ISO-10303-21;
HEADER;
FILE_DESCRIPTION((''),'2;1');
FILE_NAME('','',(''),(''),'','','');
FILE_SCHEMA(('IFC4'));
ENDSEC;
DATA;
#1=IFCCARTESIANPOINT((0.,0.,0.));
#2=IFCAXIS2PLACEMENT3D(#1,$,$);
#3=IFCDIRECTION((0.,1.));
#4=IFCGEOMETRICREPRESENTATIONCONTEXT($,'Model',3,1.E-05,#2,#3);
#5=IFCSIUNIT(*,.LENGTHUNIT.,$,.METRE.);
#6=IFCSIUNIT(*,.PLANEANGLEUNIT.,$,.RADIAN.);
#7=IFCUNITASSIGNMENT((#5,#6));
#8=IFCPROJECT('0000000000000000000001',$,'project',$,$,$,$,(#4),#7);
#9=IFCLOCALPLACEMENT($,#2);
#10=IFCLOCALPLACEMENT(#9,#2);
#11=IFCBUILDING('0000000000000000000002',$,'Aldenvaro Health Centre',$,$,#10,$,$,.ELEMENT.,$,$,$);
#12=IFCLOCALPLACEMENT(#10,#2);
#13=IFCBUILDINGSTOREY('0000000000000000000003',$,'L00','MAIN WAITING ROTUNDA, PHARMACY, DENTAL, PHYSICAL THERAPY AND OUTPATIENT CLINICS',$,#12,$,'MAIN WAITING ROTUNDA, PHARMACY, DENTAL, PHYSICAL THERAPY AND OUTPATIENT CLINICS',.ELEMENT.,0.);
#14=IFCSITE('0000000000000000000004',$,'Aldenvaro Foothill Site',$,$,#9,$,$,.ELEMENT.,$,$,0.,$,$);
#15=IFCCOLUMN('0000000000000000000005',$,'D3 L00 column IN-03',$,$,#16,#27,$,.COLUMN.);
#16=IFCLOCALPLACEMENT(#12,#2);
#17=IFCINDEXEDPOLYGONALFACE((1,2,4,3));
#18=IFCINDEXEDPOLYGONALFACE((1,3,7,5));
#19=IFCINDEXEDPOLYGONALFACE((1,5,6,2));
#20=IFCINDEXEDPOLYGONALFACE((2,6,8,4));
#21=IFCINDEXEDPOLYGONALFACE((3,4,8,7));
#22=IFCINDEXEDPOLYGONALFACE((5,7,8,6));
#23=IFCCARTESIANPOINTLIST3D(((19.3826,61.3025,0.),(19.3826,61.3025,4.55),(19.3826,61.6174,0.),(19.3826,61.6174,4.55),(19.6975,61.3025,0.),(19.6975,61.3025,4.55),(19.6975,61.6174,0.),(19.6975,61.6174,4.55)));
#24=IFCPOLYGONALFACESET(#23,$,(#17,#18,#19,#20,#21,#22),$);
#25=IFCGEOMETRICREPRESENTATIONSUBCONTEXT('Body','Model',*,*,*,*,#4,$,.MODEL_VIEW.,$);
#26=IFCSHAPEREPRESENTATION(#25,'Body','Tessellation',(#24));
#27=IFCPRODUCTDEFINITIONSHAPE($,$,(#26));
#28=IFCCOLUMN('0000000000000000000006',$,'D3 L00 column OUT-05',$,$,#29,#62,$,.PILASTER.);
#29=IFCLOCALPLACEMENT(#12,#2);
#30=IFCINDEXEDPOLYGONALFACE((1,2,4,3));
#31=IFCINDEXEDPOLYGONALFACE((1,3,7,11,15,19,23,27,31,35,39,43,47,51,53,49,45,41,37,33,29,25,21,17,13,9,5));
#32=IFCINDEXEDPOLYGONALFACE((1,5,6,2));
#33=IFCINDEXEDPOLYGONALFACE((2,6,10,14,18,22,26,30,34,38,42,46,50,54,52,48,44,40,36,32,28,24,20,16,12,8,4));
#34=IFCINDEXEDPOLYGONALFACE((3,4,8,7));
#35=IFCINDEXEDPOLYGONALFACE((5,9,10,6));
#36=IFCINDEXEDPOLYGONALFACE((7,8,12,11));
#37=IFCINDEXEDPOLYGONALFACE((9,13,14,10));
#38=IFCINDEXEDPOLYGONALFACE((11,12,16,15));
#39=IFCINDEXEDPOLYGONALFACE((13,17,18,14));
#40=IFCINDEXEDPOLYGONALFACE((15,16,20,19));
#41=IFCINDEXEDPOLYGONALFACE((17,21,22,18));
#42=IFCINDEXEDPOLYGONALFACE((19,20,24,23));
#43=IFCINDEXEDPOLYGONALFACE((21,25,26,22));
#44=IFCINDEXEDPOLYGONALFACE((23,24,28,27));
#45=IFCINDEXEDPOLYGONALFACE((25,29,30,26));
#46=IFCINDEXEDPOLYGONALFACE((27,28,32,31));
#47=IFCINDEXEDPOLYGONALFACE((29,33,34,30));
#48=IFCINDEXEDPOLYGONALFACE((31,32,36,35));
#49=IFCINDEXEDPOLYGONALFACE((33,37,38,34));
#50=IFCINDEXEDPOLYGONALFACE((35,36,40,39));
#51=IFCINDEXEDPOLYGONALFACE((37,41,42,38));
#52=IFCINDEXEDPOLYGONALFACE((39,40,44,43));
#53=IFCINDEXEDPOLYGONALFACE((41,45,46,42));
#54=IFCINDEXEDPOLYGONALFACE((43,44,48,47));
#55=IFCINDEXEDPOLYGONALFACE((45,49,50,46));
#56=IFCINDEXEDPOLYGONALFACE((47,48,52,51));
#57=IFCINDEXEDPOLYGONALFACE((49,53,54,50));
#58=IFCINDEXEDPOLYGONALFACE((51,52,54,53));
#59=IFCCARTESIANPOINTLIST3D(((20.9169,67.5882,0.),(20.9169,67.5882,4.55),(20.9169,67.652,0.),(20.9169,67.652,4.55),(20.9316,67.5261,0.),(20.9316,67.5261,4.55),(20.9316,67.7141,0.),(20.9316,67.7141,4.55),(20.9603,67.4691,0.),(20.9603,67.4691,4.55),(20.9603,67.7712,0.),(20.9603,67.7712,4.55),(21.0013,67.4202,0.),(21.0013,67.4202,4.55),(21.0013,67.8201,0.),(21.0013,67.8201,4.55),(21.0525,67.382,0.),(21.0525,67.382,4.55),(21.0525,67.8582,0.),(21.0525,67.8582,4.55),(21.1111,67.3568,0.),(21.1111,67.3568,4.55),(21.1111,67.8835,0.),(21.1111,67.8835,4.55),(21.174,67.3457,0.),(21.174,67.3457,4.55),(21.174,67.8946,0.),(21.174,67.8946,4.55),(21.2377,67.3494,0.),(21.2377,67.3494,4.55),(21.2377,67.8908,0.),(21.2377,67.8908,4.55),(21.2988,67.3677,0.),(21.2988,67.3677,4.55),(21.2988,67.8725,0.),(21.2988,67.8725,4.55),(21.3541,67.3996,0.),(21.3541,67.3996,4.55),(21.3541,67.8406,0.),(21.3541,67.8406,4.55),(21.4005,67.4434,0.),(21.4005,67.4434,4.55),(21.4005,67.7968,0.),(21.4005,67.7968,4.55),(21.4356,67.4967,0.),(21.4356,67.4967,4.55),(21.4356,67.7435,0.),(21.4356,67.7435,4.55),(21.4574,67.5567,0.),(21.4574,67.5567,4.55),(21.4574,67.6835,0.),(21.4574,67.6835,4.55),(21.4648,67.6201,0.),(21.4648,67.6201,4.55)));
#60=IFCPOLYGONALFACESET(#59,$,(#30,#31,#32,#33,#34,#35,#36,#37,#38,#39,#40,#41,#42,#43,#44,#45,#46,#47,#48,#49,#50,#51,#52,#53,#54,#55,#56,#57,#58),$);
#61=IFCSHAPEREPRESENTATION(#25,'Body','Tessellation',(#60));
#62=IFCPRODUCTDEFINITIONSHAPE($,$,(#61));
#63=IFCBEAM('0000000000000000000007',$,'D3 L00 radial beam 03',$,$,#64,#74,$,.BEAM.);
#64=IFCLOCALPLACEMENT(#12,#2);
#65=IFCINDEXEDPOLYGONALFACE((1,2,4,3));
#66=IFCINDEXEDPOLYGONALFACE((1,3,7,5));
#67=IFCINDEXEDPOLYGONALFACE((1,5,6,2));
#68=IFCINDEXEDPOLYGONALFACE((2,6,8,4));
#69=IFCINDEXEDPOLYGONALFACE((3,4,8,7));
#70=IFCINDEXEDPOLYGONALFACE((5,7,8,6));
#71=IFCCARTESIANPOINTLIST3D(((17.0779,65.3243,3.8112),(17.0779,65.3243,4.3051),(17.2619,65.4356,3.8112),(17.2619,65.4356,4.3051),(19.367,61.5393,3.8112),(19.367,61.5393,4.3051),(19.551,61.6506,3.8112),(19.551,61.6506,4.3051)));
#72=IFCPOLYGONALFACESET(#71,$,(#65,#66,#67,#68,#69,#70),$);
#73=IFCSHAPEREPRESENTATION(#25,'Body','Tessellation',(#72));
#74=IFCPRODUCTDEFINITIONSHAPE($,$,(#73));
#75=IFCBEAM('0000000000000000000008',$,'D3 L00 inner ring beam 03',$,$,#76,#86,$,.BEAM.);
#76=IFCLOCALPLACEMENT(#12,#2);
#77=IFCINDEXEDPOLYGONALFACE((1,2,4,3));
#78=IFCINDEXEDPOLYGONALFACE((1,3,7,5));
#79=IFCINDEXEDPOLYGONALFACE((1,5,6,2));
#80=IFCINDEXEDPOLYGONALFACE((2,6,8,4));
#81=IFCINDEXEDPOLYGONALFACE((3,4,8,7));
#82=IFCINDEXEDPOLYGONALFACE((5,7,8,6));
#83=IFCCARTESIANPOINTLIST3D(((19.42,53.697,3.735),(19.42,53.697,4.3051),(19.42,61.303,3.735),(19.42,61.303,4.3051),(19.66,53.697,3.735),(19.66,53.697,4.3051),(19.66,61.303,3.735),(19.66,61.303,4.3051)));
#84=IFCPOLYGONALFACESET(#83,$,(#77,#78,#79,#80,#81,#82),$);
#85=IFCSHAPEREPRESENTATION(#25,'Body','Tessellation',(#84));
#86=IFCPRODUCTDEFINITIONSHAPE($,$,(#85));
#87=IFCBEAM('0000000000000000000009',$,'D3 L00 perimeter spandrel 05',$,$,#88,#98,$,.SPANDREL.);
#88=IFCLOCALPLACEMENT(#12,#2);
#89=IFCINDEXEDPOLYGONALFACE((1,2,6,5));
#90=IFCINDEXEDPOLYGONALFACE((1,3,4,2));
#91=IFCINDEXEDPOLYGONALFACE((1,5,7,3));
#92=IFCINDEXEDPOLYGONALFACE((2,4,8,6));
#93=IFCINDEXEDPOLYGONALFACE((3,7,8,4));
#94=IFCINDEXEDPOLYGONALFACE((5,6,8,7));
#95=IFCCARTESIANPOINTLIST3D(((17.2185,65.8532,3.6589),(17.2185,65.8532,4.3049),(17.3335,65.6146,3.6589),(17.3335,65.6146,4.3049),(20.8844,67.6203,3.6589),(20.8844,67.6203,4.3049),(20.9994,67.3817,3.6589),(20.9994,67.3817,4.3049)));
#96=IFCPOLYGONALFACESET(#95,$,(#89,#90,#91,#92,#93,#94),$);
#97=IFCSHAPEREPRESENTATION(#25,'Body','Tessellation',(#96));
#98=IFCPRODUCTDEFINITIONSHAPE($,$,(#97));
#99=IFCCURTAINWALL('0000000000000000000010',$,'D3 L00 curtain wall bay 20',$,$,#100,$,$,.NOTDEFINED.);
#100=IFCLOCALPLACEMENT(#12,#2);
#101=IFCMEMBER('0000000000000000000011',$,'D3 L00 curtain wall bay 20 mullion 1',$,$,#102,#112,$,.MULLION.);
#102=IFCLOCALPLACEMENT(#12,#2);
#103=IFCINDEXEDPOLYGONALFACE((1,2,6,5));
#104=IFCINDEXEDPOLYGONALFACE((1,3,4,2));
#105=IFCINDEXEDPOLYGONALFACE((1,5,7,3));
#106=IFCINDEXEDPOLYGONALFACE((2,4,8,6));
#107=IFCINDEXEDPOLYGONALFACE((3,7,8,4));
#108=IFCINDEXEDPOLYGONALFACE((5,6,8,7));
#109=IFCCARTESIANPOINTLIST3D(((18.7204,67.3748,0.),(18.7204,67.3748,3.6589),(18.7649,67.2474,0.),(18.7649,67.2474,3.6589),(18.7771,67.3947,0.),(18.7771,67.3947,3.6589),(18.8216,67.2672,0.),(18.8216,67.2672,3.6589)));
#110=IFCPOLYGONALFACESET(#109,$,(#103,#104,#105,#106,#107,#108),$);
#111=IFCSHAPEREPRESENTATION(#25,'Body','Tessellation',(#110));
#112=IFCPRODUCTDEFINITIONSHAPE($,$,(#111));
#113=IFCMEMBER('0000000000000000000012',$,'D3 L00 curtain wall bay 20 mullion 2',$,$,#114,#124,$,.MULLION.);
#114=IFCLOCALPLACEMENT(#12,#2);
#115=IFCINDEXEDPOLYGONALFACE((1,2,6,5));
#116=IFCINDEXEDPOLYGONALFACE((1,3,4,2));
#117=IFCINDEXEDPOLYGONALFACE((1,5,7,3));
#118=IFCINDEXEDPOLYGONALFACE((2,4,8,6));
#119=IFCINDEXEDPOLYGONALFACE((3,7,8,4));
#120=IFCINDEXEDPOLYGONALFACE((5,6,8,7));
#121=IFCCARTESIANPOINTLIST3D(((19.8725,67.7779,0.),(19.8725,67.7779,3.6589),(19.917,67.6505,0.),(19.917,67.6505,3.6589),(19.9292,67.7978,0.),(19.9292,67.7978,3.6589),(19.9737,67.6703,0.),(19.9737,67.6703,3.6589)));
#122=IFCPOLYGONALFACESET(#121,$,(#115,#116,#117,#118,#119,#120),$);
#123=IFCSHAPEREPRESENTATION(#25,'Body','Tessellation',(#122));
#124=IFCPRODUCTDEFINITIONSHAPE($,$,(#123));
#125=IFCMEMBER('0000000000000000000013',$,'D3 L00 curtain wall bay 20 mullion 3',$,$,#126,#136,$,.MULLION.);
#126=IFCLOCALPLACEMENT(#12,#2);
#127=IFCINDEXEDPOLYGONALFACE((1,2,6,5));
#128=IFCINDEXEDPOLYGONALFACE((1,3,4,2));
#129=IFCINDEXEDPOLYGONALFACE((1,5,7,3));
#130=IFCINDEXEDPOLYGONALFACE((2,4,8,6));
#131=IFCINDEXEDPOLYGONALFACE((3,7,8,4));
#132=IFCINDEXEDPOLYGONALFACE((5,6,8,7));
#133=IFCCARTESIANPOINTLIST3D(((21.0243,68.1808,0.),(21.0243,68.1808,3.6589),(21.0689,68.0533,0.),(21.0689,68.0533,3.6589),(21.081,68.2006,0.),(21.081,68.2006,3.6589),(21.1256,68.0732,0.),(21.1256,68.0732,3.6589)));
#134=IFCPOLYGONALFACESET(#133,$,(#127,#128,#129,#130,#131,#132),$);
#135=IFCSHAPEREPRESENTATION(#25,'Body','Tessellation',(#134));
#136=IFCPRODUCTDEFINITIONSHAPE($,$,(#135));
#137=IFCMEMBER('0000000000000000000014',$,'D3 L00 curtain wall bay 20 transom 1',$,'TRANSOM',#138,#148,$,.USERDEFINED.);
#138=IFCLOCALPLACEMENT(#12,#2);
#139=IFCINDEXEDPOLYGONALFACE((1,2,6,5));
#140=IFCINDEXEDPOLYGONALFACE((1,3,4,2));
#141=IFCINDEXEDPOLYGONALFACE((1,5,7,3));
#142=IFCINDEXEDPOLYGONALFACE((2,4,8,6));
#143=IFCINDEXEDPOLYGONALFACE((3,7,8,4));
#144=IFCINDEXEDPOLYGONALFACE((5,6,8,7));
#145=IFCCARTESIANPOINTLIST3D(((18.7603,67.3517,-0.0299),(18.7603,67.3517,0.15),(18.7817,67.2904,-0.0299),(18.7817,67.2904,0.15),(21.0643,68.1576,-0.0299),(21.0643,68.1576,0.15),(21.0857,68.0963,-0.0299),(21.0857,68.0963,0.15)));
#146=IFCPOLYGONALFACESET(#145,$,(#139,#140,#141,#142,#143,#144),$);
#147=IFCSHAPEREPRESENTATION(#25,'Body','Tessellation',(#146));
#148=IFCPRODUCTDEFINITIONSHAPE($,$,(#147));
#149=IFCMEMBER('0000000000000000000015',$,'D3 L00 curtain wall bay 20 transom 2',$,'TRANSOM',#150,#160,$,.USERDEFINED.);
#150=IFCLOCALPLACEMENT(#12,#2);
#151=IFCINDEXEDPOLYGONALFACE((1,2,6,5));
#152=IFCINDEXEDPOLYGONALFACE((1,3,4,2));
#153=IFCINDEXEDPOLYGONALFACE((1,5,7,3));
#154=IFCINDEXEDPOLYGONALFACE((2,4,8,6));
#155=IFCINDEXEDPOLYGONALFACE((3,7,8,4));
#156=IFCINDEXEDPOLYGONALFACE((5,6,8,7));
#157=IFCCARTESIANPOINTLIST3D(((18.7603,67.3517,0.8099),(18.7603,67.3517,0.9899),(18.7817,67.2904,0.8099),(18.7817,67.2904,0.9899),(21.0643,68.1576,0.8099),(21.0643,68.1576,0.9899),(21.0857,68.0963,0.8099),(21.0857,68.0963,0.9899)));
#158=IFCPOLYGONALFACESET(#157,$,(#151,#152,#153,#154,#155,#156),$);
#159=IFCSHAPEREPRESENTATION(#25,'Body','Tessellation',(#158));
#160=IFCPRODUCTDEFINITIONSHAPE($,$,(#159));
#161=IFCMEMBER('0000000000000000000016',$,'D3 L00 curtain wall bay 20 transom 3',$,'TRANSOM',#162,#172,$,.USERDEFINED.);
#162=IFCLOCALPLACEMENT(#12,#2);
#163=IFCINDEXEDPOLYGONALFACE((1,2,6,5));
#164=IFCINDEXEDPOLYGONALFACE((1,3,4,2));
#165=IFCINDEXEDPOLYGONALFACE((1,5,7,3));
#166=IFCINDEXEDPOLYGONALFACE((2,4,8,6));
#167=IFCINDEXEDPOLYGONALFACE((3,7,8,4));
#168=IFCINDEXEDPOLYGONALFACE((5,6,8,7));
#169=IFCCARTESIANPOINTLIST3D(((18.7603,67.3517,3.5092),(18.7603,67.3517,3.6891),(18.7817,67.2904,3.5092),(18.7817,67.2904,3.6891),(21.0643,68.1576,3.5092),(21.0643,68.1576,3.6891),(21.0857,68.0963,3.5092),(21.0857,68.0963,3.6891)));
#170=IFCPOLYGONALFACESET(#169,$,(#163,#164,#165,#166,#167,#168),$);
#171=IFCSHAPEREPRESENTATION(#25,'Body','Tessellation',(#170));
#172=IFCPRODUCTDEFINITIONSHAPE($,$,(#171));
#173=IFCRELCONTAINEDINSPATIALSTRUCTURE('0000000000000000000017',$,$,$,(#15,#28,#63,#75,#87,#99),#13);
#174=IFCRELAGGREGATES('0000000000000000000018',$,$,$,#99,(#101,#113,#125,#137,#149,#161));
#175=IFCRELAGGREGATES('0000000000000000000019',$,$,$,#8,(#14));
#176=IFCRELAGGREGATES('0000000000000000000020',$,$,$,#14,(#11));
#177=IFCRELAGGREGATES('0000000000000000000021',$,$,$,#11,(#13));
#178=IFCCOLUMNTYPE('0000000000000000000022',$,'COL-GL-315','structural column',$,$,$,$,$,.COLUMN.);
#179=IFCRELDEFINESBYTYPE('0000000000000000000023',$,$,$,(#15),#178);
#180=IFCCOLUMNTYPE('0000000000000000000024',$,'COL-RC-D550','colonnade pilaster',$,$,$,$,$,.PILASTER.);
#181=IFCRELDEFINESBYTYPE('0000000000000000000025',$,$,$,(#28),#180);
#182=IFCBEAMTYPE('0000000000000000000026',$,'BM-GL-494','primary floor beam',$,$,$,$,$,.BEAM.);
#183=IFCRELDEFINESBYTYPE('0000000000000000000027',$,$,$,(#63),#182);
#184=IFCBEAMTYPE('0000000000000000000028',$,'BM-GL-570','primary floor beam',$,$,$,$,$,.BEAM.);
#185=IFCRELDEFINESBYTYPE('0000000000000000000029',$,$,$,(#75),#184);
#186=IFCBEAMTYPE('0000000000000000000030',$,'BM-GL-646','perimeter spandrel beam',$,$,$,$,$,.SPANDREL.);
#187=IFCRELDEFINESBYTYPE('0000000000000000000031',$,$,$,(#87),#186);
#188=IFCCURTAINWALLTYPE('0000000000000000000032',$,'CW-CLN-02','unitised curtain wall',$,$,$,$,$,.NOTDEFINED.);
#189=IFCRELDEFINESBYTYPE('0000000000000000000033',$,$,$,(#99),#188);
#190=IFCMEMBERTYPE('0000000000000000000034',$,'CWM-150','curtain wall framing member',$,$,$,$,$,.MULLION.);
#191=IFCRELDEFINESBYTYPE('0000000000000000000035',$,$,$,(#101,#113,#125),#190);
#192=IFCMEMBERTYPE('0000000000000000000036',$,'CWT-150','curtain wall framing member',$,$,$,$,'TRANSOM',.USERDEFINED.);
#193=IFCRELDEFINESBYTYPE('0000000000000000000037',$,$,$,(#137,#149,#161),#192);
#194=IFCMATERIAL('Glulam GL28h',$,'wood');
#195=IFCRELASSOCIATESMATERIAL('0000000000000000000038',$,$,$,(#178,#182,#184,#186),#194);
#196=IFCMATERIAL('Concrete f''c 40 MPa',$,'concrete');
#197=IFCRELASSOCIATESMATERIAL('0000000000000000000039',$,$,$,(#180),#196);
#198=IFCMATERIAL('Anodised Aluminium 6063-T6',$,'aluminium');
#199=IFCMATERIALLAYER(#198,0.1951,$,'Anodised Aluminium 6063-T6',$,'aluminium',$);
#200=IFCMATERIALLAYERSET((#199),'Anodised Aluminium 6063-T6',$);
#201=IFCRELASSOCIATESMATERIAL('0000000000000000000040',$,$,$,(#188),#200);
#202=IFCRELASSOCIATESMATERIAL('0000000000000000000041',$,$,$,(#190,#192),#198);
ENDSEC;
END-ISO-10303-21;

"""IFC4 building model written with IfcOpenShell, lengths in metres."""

from ifc_helpers import new_model, si_unit, direction, frame, origin, origin_2d, place, context, subcontext, project, spatial, rectangle, circle, extrude, material, layer, layer_set, material_profile, profile_set, type_object, element, aggregate, save


model = new_model("IFC4")

# Units and contexts
model_context = context("Model", 3, precision=1e-05, world=origin(), true_north=direction((0.0, 1.0)))
body_context = subcontext(model_context, "Body", "Model", "MODEL_VIEW")
ifc_project = project(units=[si_unit("LENGTHUNIT", "METRE"), si_unit("PLANEANGLEUNIT", "RADIAN")], contexts=[model_context])

# Site, building, storey
site_placement = place(None, origin())
site = spatial("IfcSite", under=ifc_project, at=site_placement, Name="Aldenvaro Foothill Site", CompositionType="ELEMENT", RefElevation=0.0)
building_placement = place(site_placement, origin())
building = spatial("IfcBuilding", under=site, at=building_placement, Name="Aldenvaro Health Centre", CompositionType="ELEMENT")
storey_placement = place(building_placement, origin())
storey = spatial("IfcBuildingStorey", under=building, at=storey_placement, Name="L00", Description="MAIN WAITING ROTUNDA, PHARMACY, DENTAL, PHYSICAL THERAPY AND OUTPATIENT CLINICS", LongName="MAIN WAITING ROTUNDA, PHARMACY, DENTAL, PHYSICAL THERAPY AND OUTPATIENT CLINICS", CompositionType="ELEMENT", Elevation=0.0)

# Columns
ifc_material_1 = material(Name="Glulam GL28h", Category="wood")
ifc_material_profile_1 = material_profile(ifc_material_1, rectangle(XDim=0.3149, YDim=0.3149, at=origin_2d()), Name="GL 315x315", Category="wood")
ifc_profile_set_1 = profile_set([ifc_material_profile_1], Name="Glulam GL28h")
column_type_1 = type_object("IfcColumnType", Name="COL-GL-315", Description="structural column", PredefinedType="COLUMN", material=ifc_profile_set_1)
column_1_placement = place(storey_placement, frame((19.54, 61.46, 0.0), z_axis=(0.0, 0.0, 1.0), x_axis=(1.0, 0.0, 0.0)))
element("IfcColumn", 1, at=column_1_placement, inside=storey, type_object=column_type_1, Name="D3 L00 column IN-03", PredefinedType="COLUMN", context=body_context, shape_type="SweptSolid", body=[
    extrude(rectangle(XDim=0.3149, YDim=0.3149, at=origin_2d()), origin(), (0.0, 0.0, 1.0), 4.55),
])
ifc_material_2 = material(Name="Concrete f'c 40 MPa", Category="concrete")
ifc_material_profile_2 = material_profile(ifc_material_2, circle(Radius=0.2749, at=origin_2d()), Name="RC D550", Category="concrete")
ifc_profile_set_2 = profile_set([ifc_material_profile_2], Name="Concrete f'c 40 MPa")
column_type_2 = type_object("IfcColumnType", Name="COL-RC-D550", Description="colonnade pilaster", PredefinedType="PILASTER", material=ifc_profile_set_2)
column_2_placement = place(storey_placement, frame((21.1899, 67.6201, 0.0), z_axis=(0.0, 0.0, 1.0), x_axis=(1.0, 0.0, 0.0)))
element("IfcColumn", 2, at=column_2_placement, inside=storey, type_object=column_type_2, Name="D3 L00 column OUT-05", PredefinedType="PILASTER", context=body_context, shape_type="SweptSolid", body=[
    extrude(circle(Radius=0.2749, at=origin_2d()), origin(), (0.0, 0.0, 1.0), 4.55),
])

# Beams
ifc_material_profile_3 = material_profile(ifc_material_1, rectangle(XDim=0.2151, YDim=0.4939, at=origin_2d()), Name="GL 215x494", Category="wood")
ifc_profile_set_3 = profile_set([ifc_material_profile_3], Name="Glulam GL28h")
beam_type_1 = type_object("IfcBeamType", Name="BM-GL-494", Description="primary floor beam", PredefinedType="BEAM", material=ifc_profile_set_3)
beam_1_placement = place(storey_placement, frame((19.459, 61.595, 4.0581), z_axis=(-0.517504, 0.855681, 0.0), x_axis=(-0.855681, -0.517504, 0.0)))
element("IfcBeam", 3, at=beam_1_placement, inside=storey, type_object=beam_type_1, Name="D3 L00 radial beam 03", PredefinedType="BEAM", context=body_context, shape_type="SweptSolid", body=[
    extrude(rectangle(XDim=0.2151, YDim=0.4939, at=origin_2d()), origin(), (0.0, 0.0, 1.0), 4.4233),
])
ifc_material_profile_4 = material_profile(ifc_material_1, rectangle(XDim=0.24, YDim=0.5701, at=origin_2d()), Name="GL 240x570", Category="wood")
ifc_profile_set_4 = profile_set([ifc_material_profile_4], Name="Glulam GL28h")
beam_type_2 = type_object("IfcBeamType", Name="BM-GL-570", Description="primary floor beam", PredefinedType="BEAM", material=ifc_profile_set_4)
beam_2_placement = place(storey_placement, frame((19.54, 61.303, 4.02), z_axis=(0.0, -1.0, 0.0), x_axis=(1.0, 0.0, 0.0)))
element("IfcBeam", 4, at=beam_2_placement, inside=storey, type_object=beam_type_2, Name="D3 L00 inner ring beam 03", PredefinedType="BEAM", context=body_context, shape_type="SweptSolid", body=[
    extrude(rectangle(XDim=0.24, YDim=0.5701, at=origin_2d()), origin(), (0.0, 0.0, 1.0), 7.606),
])
ifc_material_profile_5 = material_profile(ifc_material_1, rectangle(XDim=0.2649, YDim=0.646, at=origin_2d()), Name="GL 265x646", Category="wood")
ifc_profile_set_5 = profile_set([ifc_material_profile_5], Name="Glulam GL28h")
beam_type_3 = type_object("IfcBeamType", Name="BM-GL-646", Description="perimeter spandrel beam", PredefinedType="SPANDREL", material=ifc_profile_set_5)
beam_3_placement = place(storey_placement, frame((20.9419, 67.501, 3.9819), z_axis=(-0.900812, -0.434209, 0.0), x_axis=(0.434209, -0.900812, 0.0)))
element("IfcBeam", 5, at=beam_3_placement, inside=storey, type_object=beam_type_3, Name="D3 L00 perimeter spandrel 05", PredefinedType="SPANDREL", context=body_context, shape_type="SweptSolid", body=[
    extrude(rectangle(XDim=0.2649, YDim=0.646, at=origin_2d()), origin(), (0.0, 0.0, 1.0), 4.0696),
])

# Curtain wall, members
ifc_material_3 = material(Name="Anodised Aluminium 6063-T6", Category="aluminium")
ifc_layer_1 = layer(ifc_material_3, 0.1951, Name="Anodised Aluminium 6063-T6", Category="aluminium")
ifc_layer_set_1 = layer_set([ifc_layer_1], Name="Anodised Aluminium 6063-T6")
curtain_wall_type = type_object("IfcCurtainWallType", Name="CW-CLN-02", Description="unitised curtain wall", PredefinedType="NOTDEFINED", material=ifc_layer_set_1)
curtain_wall_placement = place(storey_placement, origin())
curtain_wall = element("IfcCurtainWall", 6, at=curtain_wall_placement, inside=storey, type_object=curtain_wall_type, Name="D3 L00 curtain wall bay 20", PredefinedType="NOTDEFINED")
ifc_material_profile_6 = material_profile(ifc_material_3, rectangle(XDim=0.0601, YDim=0.135, at=origin_2d()), Name="ALU 60x135", Category="aluminium")
ifc_profile_set_6 = profile_set([ifc_material_profile_6], Name="Anodised Aluminium 6063-T6")
member_type_1 = type_object("IfcMemberType", Name="CWM-150", Description="curtain wall framing member", PredefinedType="MULLION", material=ifc_profile_set_6)
member_1_placement = place(storey_placement, frame((18.771, 67.321, 0.0), z_axis=(0.0, 0.0, 1.0), x_axis=(0.943909, 0.330204, 0.0)))
member_1 = element("IfcMember", 7, at=member_1_placement, type_object=member_type_1, Name="D3 L00 curtain wall bay 20 mullion 1", PredefinedType="MULLION", context=body_context, shape_type="SweptSolid", body=[
    extrude(rectangle(XDim=0.0601, YDim=0.135, at=origin_2d()), origin(), (0.0, 0.0, 1.0), 3.6589),
])
member_2_placement = place(storey_placement, frame((19.9231, 67.7241, 0.0), z_axis=(0.0, 0.0, 1.0), x_axis=(0.943909, 0.330204, 0.0)))
member_2 = element("IfcMember", 8, at=member_2_placement, type_object=member_type_1, Name="D3 L00 curtain wall bay 20 mullion 2", PredefinedType="MULLION", context=body_context, shape_type="SweptSolid", body=[
    extrude(rectangle(XDim=0.0601, YDim=0.135, at=origin_2d()), origin(), (0.0, 0.0, 1.0), 3.6589),
])
member_3_placement = place(storey_placement, frame((21.075, 68.127, 0.0), z_axis=(0.0, 0.0, 1.0), x_axis=(0.943909, 0.330204, 0.0)))
member_3 = element("IfcMember", 9, at=member_3_placement, type_object=member_type_1, Name="D3 L00 curtain wall bay 20 mullion 3", PredefinedType="MULLION", context=body_context, shape_type="SweptSolid", body=[
    extrude(rectangle(XDim=0.0601, YDim=0.135, at=origin_2d()), origin(), (0.0, 0.0, 1.0), 3.6589),
])
ifc_material_profile_7 = material_profile(ifc_material_3, rectangle(XDim=0.0649, YDim=0.1799, at=origin_2d()), Name="ALU 65x180", Category="aluminium")
ifc_profile_set_7 = profile_set([ifc_material_profile_7], Name="Anodised Aluminium 6063-T6")
member_type_2 = type_object("IfcMemberType", Name="CWT-150", Description="curtain wall framing member", ElementType="TRANSOM", PredefinedType="USERDEFINED", material=ifc_profile_set_7)
member_4_placement = place(storey_placement, frame((18.771, 67.321, 0.0601), z_axis=(0.943919, 0.330177, 0.0), x_axis=(-0.330177, 0.943919, 0.0)))
member_4 = element("IfcMember", 10, at=member_4_placement, type_object=member_type_2, Name="D3 L00 curtain wall bay 20 transom 1", ObjectType="TRANSOM", PredefinedType="USERDEFINED", context=body_context, shape_type="SweptSolid", body=[
    extrude(rectangle(XDim=0.0649, YDim=0.1799, at=origin_2d()), origin(), (0.0, 0.0, 1.0), 2.4409),
])
member_5_placement = place(storey_placement, frame((18.771, 67.321, 0.8999), z_axis=(0.943919, 0.330177, 0.0), x_axis=(-0.330177, 0.943919, 0.0)))
member_5 = element("IfcMember", 11, at=member_5_placement, type_object=member_type_2, Name="D3 L00 curtain wall bay 20 transom 2", ObjectType="TRANSOM", PredefinedType="USERDEFINED", context=body_context, shape_type="SweptSolid", body=[
    extrude(rectangle(XDim=0.0649, YDim=0.1799, at=origin_2d()), origin(), (0.0, 0.0, 1.0), 2.4409),
])
member_6_placement = place(storey_placement, frame((18.771, 67.321, 3.5991), z_axis=(0.943919, 0.330177, 0.0), x_axis=(-0.330177, 0.943919, 0.0)))
member_6 = element("IfcMember", 12, at=member_6_placement, type_object=member_type_2, Name="D3 L00 curtain wall bay 20 transom 3", ObjectType="TRANSOM", PredefinedType="USERDEFINED", context=body_context, shape_type="SweptSolid", body=[
    extrude(rectangle(XDim=0.0649, YDim=0.1799, at=origin_2d()), origin(), (0.0, 0.0, 1.0), 2.4409),
])

aggregate(curtain_wall, [member_1, member_2, member_3, member_4, member_5, member_6])

save(model, "model.ifc")
